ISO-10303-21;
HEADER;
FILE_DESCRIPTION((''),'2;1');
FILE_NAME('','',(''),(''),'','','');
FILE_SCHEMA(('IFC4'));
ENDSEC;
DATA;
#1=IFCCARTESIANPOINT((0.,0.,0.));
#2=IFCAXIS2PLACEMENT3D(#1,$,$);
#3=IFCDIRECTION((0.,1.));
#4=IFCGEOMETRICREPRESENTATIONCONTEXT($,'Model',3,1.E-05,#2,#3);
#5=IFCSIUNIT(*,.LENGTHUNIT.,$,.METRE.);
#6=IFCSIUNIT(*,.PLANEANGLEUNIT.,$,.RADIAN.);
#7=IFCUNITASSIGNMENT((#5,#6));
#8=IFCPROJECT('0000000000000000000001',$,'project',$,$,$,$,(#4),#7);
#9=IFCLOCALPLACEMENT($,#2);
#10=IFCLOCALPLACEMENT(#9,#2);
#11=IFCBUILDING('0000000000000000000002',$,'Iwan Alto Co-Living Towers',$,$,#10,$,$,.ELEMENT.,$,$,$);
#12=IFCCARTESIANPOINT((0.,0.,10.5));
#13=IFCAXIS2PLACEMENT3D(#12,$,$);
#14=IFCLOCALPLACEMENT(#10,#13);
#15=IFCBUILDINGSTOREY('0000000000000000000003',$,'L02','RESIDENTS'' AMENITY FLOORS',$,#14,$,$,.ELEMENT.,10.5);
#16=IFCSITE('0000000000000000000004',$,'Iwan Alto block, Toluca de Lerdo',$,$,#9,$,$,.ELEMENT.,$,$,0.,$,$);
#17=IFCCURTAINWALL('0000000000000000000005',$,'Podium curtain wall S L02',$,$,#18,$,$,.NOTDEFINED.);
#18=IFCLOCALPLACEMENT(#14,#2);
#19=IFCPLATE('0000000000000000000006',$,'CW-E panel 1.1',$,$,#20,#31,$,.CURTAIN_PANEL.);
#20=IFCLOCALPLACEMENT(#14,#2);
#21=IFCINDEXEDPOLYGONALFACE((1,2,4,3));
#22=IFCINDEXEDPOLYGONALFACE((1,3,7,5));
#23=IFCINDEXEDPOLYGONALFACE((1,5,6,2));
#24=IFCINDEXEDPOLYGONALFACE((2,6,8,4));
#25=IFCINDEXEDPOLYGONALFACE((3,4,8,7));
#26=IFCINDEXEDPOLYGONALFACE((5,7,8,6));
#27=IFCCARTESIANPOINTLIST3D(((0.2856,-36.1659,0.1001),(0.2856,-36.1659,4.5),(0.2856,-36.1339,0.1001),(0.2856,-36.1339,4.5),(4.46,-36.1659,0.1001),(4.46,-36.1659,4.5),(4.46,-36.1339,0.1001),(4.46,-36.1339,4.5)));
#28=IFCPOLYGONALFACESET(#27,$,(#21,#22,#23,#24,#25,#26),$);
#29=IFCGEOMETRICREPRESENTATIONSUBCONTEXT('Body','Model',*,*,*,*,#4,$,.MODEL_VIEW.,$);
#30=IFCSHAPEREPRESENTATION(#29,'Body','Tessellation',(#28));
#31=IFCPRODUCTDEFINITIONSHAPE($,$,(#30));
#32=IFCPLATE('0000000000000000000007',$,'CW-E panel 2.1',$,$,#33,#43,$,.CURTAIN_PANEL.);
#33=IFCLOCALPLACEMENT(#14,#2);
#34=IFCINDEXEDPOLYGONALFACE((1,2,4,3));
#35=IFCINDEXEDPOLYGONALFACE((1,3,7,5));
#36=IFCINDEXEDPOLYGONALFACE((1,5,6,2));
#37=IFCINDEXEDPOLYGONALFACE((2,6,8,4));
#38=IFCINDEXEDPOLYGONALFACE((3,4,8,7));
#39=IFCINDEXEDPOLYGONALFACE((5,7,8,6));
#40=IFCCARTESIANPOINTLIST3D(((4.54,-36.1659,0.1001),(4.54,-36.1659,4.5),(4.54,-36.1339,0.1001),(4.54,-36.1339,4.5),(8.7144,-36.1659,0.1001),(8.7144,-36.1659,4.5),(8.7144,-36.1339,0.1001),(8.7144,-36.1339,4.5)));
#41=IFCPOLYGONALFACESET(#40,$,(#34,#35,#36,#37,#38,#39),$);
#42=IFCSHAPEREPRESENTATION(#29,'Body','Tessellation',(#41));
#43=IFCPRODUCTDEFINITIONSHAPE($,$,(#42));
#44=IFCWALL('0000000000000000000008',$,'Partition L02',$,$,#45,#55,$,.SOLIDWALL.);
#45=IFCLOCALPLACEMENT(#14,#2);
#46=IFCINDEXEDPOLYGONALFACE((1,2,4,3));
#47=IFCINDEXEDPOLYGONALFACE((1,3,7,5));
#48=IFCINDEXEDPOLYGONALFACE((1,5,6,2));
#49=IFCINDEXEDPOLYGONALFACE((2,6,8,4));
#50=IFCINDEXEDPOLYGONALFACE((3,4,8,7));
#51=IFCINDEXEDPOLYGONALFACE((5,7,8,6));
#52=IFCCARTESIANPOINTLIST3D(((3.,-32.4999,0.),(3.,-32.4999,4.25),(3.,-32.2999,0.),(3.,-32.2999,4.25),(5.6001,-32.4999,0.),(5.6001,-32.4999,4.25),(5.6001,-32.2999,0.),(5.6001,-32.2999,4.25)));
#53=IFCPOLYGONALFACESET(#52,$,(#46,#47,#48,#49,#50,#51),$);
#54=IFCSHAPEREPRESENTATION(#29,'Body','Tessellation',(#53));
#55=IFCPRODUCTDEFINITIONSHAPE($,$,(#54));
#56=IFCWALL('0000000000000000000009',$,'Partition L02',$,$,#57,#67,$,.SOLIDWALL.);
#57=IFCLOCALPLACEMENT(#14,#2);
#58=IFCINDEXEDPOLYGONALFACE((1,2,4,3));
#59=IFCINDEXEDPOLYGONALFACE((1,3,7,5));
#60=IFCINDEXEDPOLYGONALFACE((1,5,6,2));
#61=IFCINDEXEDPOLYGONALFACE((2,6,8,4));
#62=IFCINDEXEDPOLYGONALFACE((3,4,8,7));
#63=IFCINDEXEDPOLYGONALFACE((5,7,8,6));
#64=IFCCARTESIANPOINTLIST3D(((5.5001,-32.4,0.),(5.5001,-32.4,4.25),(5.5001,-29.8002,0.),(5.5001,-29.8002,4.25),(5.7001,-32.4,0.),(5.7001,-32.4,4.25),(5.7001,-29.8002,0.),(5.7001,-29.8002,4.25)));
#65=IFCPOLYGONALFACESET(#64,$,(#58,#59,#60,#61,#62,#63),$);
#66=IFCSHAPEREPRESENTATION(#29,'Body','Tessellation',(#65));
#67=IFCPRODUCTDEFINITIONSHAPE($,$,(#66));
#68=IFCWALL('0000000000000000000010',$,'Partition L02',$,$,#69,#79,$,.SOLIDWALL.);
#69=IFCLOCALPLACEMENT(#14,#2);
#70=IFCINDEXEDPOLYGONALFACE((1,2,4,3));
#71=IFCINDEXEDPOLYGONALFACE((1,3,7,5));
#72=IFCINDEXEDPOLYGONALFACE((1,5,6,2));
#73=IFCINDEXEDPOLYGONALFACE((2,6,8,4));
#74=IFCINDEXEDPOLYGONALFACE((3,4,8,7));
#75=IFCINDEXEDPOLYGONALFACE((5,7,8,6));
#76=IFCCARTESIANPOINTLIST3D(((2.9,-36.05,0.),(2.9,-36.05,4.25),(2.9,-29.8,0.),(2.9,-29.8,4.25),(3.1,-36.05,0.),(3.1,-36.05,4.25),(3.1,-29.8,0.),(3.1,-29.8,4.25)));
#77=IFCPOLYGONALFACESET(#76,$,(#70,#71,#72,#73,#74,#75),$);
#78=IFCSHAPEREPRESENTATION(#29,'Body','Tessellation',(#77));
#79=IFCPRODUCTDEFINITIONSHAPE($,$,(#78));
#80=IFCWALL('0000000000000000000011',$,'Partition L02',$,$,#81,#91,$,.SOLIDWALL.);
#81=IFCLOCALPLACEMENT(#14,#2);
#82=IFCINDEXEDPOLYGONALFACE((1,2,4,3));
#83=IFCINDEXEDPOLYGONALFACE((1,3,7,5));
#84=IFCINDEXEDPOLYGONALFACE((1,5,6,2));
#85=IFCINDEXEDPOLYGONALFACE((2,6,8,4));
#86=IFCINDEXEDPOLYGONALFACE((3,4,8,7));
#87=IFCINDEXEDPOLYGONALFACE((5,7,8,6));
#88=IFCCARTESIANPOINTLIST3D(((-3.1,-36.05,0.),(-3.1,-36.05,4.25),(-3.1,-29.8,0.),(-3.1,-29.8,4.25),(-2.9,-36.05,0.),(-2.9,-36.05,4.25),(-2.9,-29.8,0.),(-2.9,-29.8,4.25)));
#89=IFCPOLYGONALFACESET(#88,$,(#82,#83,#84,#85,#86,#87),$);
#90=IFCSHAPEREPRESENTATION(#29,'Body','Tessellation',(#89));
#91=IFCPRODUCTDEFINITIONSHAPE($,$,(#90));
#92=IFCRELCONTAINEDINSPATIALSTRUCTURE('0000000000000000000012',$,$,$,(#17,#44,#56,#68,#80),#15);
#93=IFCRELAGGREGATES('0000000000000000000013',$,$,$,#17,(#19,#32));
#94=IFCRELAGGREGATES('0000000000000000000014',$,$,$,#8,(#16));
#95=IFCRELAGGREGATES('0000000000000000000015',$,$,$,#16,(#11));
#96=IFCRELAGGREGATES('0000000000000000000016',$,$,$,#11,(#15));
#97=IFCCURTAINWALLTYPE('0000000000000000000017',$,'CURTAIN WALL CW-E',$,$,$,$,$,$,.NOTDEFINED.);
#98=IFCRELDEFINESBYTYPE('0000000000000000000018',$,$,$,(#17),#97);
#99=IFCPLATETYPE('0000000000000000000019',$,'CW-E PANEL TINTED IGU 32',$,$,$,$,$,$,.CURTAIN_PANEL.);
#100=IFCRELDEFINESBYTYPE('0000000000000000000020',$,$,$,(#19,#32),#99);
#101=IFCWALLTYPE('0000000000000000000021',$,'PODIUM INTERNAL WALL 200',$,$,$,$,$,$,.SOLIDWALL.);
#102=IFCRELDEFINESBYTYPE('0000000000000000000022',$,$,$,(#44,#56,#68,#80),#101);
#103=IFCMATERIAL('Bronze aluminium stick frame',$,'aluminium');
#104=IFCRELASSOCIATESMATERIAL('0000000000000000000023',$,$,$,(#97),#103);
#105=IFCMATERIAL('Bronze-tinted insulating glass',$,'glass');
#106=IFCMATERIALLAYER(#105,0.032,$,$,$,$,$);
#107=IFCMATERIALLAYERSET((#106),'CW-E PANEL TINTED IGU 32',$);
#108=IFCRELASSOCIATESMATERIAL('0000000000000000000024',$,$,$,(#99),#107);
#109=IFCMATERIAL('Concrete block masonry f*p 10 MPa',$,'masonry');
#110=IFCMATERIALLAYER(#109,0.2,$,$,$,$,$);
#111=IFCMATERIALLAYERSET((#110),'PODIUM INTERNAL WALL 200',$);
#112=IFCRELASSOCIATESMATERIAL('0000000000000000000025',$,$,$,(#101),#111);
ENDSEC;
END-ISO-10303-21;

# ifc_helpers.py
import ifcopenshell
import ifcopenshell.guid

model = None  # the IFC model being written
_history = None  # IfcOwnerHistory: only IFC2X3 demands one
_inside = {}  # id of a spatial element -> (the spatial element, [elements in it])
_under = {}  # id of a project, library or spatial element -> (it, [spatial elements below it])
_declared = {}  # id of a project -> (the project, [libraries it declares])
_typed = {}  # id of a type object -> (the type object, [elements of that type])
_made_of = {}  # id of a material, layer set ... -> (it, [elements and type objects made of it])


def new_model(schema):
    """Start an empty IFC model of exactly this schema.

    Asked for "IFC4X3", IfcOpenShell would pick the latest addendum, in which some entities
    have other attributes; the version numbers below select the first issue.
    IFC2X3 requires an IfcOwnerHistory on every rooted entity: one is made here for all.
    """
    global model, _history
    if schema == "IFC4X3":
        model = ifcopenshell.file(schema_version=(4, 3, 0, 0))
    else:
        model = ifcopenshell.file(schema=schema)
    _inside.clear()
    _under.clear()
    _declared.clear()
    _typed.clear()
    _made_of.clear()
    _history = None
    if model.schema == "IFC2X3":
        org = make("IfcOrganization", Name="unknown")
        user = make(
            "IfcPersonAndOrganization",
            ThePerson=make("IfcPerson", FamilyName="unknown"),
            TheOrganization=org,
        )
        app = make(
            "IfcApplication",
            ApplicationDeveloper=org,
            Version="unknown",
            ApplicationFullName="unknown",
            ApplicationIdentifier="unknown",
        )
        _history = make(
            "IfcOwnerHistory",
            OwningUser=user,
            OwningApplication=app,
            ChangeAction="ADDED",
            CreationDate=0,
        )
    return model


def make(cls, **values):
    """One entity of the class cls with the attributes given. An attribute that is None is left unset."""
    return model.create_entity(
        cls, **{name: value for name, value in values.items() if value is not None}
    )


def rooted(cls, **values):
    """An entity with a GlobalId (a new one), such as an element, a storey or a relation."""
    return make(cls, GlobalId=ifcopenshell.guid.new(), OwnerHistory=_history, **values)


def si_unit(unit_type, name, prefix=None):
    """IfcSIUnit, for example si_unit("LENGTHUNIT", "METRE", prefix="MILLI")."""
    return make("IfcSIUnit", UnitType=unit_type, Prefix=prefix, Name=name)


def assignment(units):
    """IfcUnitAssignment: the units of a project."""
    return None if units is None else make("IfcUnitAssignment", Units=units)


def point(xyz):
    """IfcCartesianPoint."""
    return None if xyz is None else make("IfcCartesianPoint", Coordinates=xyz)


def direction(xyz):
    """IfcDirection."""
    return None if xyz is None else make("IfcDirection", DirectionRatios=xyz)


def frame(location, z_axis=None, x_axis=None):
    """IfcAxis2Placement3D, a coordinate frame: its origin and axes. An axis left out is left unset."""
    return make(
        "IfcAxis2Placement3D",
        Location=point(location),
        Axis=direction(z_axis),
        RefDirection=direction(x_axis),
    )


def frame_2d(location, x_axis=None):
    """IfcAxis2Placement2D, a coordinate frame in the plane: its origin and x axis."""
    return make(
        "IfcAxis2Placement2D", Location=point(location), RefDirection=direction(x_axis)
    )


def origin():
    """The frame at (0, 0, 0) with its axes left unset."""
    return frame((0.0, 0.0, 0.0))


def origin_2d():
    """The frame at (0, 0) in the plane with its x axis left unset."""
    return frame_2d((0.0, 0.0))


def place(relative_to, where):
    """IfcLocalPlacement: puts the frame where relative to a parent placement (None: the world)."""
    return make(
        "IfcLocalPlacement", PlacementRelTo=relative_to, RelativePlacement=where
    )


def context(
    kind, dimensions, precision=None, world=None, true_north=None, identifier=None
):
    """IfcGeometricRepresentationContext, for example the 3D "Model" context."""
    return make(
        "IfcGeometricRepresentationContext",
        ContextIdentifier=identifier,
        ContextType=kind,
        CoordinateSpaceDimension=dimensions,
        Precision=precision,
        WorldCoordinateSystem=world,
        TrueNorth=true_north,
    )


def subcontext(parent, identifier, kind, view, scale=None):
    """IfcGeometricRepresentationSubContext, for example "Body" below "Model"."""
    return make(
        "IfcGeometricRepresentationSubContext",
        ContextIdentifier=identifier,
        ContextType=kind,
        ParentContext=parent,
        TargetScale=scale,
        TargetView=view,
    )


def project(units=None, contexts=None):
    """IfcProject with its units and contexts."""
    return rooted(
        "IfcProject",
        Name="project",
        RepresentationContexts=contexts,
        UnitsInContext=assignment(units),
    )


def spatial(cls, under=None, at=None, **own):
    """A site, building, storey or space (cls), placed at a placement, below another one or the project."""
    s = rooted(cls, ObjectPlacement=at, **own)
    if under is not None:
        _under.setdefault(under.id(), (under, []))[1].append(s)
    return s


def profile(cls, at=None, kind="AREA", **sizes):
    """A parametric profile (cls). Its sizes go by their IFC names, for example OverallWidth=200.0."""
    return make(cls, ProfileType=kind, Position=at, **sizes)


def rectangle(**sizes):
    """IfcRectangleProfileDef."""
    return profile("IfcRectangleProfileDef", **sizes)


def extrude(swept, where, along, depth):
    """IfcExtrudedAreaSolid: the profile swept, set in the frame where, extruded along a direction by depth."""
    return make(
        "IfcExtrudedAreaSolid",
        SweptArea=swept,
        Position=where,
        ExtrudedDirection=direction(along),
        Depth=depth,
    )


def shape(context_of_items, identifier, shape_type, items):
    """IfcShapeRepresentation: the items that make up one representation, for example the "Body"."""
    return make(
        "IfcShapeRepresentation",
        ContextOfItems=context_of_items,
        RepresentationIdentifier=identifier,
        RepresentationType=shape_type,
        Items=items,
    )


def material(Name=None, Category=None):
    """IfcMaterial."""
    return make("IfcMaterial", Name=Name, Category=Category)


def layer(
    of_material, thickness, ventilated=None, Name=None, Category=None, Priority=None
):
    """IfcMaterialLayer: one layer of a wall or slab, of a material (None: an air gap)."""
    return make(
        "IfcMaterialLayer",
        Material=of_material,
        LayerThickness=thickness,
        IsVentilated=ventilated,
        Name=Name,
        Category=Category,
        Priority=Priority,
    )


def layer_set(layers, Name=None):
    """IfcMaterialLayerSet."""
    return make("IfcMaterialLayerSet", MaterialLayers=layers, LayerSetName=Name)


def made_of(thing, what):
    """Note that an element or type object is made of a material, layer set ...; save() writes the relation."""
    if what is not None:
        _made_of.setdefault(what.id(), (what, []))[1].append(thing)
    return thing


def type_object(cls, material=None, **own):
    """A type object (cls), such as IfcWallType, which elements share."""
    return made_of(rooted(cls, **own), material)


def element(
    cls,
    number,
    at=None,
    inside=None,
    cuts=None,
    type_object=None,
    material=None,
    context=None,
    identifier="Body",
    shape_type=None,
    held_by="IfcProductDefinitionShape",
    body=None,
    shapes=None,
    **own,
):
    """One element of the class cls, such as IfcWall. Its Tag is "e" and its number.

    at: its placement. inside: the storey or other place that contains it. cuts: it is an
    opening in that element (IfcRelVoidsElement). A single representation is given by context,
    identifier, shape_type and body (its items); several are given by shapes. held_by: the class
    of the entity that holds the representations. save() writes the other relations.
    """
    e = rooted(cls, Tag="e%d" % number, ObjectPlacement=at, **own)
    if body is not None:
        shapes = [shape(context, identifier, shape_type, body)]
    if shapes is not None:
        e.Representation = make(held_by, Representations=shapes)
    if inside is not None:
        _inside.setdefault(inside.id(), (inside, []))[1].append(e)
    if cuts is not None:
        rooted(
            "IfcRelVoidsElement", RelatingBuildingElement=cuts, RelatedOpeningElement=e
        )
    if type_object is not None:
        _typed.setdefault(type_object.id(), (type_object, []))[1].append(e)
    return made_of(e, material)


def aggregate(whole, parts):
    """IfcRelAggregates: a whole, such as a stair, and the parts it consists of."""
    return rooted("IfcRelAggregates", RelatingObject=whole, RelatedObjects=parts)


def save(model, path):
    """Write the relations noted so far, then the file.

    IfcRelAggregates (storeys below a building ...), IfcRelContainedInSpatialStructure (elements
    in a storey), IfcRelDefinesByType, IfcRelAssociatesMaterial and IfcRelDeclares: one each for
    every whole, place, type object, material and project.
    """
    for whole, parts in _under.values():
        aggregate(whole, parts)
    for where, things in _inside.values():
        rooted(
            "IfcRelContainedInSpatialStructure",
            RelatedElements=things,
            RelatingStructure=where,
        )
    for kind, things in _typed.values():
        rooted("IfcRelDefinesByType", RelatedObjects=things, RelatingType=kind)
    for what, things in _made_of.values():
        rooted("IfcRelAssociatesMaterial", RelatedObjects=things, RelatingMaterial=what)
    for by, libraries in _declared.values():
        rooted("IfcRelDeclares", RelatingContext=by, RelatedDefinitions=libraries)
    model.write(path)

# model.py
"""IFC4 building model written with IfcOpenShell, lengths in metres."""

from ifc_helpers import new_model, si_unit, direction, frame, frame_2d, origin, origin_2d, place, context, subcontext, project, spatial, rectangle, extrude, material, layer, layer_set, type_object, element, aggregate, save


model = new_model("IFC4")

# Units and contexts
model_context = context("Model", 3, precision=1e-05, world=origin(), true_north=direction((0.0, 1.0)))
body_context = subcontext(model_context, "Body", "Model", "MODEL_VIEW")
ifc_project = project(units=[si_unit("LENGTHUNIT", "METRE"), si_unit("PLANEANGLEUNIT", "RADIAN")], contexts=[model_context])

# Site, building, storey
site_placement = place(None, origin())
site = spatial("IfcSite", under=ifc_project, at=site_placement, Name="Iwan Alto block, Toluca de Lerdo", CompositionType="ELEMENT", RefElevation=0.0)
building_placement = place(site_placement, origin())
building = spatial("IfcBuilding", under=site, at=building_placement, Name="Iwan Alto Co-Living Towers", CompositionType="ELEMENT")
storey_placement = place(building_placement, frame((0.0, 0.0, 10.5)))
storey = spatial("IfcBuildingStorey", under=building, at=storey_placement, Name="L02", Description="RESIDENTS' AMENITY FLOORS", CompositionType="ELEMENT", Elevation=10.5)

# Shared definitions
ifc_material_1 = material(Name="Bronze aluminium stick frame", Category="aluminium")
curtain_wall_type = type_object("IfcCurtainWallType", Name="CURTAIN WALL CW-E", PredefinedType="NOTDEFINED", material=ifc_material_1)

# Curtain wall
curtain_wall_1_placement = place(storey_placement, origin())
curtain_wall_1 = element("IfcCurtainWall", 1, at=curtain_wall_1_placement, inside=storey, type_object=curtain_wall_type, Name="Podium curtain wall S L02", PredefinedType="NOTDEFINED")

# Plates
ifc_material_2 = material(Name="Bronze-tinted insulating glass", Category="glass")
ifc_layer_1 = layer(ifc_material_2, 0.032)
ifc_layer_set_1 = layer_set([ifc_layer_1], Name="CW-E PANEL TINTED IGU 32")
plate_type = type_object("IfcPlateType", Name="CW-E PANEL TINTED IGU 32", PredefinedType="CURTAIN_PANEL", material=ifc_layer_set_1)
plate_1_placement = place(storey_placement, frame((2.3728, -36.1499, 0.1001), z_axis=(0.0, 0.0, 1.0), x_axis=(1.0, 0.0, 0.0)))
plate_1 = element("IfcPlate", 2, at=plate_1_placement, type_object=plate_type, Name="CW-E panel 1.1", PredefinedType="CURTAIN_PANEL", context=body_context, shape_type="SweptSolid", body=[
    extrude(rectangle(XDim=4.1743, YDim=0.032, at=origin_2d()), origin(), (0.0, 0.0, 1.0), 4.3999),
])
plate_2_placement = place(storey_placement, frame((6.6272, -36.1499, 0.1001), z_axis=(0.0, 0.0, 1.0), x_axis=(1.0, 0.0, 0.0)))
plate_2 = element("IfcPlate", 3, at=plate_2_placement, type_object=plate_type, Name="CW-E panel 2.1", PredefinedType="CURTAIN_PANEL", context=body_context, shape_type="SweptSolid", body=[
    extrude(rectangle(XDim=4.1743, YDim=0.032, at=origin_2d()), origin(), (0.0, 0.0, 1.0), 4.3999),
])
aggregate(curtain_wall_1, [plate_1, plate_2])

# Walls
ifc_material_3 = material(Name="Concrete block masonry f*p 10 MPa", Category="masonry")
ifc_layer_2 = layer(ifc_material_3, 0.2)
ifc_layer_set_2 = layer_set([ifc_layer_2], Name="PODIUM INTERNAL WALL 200")
wall_type = type_object("IfcWallType", Name="PODIUM INTERNAL WALL 200", PredefinedType="SOLIDWALL", material=ifc_layer_set_2)
wall_1_placement = place(storey_placement, frame((3.0, -32.3999, 0.0), z_axis=(0.0, 0.0, 1.0), x_axis=(1.0, 0.0, 0.0)))
element("IfcWall", 4, at=wall_1_placement, inside=storey, type_object=wall_type, Name="Partition L02", PredefinedType="SOLIDWALL", context=body_context, shape_type="SweptSolid", body=[
    extrude(rectangle(XDim=2.6001, YDim=0.2, at=frame_2d((1.3, 0.0))), origin(), (0.0, 0.0, 1.0), 4.25),
])
wall_2_placement = place(storey_placement, frame((5.6001, -32.3999, 0.0), z_axis=(0.0, 0.0, 1.0), x_axis=(0.0, 1.0, 0.0)))
element("IfcWall", 5, at=wall_2_placement, inside=storey, type_object=wall_type, Name="Partition L02", PredefinedType="SOLIDWALL", context=body_context, shape_type="SweptSolid", body=[
    extrude(rectangle(XDim=2.5999, YDim=0.2, at=frame_2d((1.2998, 0.0))), origin(), (0.0, 0.0, 1.0), 4.25),
])
for number, where, z_axis, x_axis, name in (
    (6, (3.0, -36.05, 0.0), (0.0, 0.0, 1.0), (0.0, 1.0, 0.0), "Partition L02"),
    (7, (-3.0, -36.05, 0.0), (0.0, 0.0, 1.0), (0.0, 1.0, 0.0), "Partition L02"),
):
    element("IfcWall", number, at=place(storey_placement, frame(where, z_axis=z_axis, x_axis=x_axis)), inside=storey, type_object=wall_type, Name=name, PredefinedType="SOLIDWALL", context=body_context, shape_type="SweptSolid", body=[
        extrude(rectangle(XDim=6.25, YDim=0.2, at=frame_2d((3.125, 0.0))), origin(), (0.0, 0.0, 1.0), 4.25),
    ])

save(model, "model.ifc")
